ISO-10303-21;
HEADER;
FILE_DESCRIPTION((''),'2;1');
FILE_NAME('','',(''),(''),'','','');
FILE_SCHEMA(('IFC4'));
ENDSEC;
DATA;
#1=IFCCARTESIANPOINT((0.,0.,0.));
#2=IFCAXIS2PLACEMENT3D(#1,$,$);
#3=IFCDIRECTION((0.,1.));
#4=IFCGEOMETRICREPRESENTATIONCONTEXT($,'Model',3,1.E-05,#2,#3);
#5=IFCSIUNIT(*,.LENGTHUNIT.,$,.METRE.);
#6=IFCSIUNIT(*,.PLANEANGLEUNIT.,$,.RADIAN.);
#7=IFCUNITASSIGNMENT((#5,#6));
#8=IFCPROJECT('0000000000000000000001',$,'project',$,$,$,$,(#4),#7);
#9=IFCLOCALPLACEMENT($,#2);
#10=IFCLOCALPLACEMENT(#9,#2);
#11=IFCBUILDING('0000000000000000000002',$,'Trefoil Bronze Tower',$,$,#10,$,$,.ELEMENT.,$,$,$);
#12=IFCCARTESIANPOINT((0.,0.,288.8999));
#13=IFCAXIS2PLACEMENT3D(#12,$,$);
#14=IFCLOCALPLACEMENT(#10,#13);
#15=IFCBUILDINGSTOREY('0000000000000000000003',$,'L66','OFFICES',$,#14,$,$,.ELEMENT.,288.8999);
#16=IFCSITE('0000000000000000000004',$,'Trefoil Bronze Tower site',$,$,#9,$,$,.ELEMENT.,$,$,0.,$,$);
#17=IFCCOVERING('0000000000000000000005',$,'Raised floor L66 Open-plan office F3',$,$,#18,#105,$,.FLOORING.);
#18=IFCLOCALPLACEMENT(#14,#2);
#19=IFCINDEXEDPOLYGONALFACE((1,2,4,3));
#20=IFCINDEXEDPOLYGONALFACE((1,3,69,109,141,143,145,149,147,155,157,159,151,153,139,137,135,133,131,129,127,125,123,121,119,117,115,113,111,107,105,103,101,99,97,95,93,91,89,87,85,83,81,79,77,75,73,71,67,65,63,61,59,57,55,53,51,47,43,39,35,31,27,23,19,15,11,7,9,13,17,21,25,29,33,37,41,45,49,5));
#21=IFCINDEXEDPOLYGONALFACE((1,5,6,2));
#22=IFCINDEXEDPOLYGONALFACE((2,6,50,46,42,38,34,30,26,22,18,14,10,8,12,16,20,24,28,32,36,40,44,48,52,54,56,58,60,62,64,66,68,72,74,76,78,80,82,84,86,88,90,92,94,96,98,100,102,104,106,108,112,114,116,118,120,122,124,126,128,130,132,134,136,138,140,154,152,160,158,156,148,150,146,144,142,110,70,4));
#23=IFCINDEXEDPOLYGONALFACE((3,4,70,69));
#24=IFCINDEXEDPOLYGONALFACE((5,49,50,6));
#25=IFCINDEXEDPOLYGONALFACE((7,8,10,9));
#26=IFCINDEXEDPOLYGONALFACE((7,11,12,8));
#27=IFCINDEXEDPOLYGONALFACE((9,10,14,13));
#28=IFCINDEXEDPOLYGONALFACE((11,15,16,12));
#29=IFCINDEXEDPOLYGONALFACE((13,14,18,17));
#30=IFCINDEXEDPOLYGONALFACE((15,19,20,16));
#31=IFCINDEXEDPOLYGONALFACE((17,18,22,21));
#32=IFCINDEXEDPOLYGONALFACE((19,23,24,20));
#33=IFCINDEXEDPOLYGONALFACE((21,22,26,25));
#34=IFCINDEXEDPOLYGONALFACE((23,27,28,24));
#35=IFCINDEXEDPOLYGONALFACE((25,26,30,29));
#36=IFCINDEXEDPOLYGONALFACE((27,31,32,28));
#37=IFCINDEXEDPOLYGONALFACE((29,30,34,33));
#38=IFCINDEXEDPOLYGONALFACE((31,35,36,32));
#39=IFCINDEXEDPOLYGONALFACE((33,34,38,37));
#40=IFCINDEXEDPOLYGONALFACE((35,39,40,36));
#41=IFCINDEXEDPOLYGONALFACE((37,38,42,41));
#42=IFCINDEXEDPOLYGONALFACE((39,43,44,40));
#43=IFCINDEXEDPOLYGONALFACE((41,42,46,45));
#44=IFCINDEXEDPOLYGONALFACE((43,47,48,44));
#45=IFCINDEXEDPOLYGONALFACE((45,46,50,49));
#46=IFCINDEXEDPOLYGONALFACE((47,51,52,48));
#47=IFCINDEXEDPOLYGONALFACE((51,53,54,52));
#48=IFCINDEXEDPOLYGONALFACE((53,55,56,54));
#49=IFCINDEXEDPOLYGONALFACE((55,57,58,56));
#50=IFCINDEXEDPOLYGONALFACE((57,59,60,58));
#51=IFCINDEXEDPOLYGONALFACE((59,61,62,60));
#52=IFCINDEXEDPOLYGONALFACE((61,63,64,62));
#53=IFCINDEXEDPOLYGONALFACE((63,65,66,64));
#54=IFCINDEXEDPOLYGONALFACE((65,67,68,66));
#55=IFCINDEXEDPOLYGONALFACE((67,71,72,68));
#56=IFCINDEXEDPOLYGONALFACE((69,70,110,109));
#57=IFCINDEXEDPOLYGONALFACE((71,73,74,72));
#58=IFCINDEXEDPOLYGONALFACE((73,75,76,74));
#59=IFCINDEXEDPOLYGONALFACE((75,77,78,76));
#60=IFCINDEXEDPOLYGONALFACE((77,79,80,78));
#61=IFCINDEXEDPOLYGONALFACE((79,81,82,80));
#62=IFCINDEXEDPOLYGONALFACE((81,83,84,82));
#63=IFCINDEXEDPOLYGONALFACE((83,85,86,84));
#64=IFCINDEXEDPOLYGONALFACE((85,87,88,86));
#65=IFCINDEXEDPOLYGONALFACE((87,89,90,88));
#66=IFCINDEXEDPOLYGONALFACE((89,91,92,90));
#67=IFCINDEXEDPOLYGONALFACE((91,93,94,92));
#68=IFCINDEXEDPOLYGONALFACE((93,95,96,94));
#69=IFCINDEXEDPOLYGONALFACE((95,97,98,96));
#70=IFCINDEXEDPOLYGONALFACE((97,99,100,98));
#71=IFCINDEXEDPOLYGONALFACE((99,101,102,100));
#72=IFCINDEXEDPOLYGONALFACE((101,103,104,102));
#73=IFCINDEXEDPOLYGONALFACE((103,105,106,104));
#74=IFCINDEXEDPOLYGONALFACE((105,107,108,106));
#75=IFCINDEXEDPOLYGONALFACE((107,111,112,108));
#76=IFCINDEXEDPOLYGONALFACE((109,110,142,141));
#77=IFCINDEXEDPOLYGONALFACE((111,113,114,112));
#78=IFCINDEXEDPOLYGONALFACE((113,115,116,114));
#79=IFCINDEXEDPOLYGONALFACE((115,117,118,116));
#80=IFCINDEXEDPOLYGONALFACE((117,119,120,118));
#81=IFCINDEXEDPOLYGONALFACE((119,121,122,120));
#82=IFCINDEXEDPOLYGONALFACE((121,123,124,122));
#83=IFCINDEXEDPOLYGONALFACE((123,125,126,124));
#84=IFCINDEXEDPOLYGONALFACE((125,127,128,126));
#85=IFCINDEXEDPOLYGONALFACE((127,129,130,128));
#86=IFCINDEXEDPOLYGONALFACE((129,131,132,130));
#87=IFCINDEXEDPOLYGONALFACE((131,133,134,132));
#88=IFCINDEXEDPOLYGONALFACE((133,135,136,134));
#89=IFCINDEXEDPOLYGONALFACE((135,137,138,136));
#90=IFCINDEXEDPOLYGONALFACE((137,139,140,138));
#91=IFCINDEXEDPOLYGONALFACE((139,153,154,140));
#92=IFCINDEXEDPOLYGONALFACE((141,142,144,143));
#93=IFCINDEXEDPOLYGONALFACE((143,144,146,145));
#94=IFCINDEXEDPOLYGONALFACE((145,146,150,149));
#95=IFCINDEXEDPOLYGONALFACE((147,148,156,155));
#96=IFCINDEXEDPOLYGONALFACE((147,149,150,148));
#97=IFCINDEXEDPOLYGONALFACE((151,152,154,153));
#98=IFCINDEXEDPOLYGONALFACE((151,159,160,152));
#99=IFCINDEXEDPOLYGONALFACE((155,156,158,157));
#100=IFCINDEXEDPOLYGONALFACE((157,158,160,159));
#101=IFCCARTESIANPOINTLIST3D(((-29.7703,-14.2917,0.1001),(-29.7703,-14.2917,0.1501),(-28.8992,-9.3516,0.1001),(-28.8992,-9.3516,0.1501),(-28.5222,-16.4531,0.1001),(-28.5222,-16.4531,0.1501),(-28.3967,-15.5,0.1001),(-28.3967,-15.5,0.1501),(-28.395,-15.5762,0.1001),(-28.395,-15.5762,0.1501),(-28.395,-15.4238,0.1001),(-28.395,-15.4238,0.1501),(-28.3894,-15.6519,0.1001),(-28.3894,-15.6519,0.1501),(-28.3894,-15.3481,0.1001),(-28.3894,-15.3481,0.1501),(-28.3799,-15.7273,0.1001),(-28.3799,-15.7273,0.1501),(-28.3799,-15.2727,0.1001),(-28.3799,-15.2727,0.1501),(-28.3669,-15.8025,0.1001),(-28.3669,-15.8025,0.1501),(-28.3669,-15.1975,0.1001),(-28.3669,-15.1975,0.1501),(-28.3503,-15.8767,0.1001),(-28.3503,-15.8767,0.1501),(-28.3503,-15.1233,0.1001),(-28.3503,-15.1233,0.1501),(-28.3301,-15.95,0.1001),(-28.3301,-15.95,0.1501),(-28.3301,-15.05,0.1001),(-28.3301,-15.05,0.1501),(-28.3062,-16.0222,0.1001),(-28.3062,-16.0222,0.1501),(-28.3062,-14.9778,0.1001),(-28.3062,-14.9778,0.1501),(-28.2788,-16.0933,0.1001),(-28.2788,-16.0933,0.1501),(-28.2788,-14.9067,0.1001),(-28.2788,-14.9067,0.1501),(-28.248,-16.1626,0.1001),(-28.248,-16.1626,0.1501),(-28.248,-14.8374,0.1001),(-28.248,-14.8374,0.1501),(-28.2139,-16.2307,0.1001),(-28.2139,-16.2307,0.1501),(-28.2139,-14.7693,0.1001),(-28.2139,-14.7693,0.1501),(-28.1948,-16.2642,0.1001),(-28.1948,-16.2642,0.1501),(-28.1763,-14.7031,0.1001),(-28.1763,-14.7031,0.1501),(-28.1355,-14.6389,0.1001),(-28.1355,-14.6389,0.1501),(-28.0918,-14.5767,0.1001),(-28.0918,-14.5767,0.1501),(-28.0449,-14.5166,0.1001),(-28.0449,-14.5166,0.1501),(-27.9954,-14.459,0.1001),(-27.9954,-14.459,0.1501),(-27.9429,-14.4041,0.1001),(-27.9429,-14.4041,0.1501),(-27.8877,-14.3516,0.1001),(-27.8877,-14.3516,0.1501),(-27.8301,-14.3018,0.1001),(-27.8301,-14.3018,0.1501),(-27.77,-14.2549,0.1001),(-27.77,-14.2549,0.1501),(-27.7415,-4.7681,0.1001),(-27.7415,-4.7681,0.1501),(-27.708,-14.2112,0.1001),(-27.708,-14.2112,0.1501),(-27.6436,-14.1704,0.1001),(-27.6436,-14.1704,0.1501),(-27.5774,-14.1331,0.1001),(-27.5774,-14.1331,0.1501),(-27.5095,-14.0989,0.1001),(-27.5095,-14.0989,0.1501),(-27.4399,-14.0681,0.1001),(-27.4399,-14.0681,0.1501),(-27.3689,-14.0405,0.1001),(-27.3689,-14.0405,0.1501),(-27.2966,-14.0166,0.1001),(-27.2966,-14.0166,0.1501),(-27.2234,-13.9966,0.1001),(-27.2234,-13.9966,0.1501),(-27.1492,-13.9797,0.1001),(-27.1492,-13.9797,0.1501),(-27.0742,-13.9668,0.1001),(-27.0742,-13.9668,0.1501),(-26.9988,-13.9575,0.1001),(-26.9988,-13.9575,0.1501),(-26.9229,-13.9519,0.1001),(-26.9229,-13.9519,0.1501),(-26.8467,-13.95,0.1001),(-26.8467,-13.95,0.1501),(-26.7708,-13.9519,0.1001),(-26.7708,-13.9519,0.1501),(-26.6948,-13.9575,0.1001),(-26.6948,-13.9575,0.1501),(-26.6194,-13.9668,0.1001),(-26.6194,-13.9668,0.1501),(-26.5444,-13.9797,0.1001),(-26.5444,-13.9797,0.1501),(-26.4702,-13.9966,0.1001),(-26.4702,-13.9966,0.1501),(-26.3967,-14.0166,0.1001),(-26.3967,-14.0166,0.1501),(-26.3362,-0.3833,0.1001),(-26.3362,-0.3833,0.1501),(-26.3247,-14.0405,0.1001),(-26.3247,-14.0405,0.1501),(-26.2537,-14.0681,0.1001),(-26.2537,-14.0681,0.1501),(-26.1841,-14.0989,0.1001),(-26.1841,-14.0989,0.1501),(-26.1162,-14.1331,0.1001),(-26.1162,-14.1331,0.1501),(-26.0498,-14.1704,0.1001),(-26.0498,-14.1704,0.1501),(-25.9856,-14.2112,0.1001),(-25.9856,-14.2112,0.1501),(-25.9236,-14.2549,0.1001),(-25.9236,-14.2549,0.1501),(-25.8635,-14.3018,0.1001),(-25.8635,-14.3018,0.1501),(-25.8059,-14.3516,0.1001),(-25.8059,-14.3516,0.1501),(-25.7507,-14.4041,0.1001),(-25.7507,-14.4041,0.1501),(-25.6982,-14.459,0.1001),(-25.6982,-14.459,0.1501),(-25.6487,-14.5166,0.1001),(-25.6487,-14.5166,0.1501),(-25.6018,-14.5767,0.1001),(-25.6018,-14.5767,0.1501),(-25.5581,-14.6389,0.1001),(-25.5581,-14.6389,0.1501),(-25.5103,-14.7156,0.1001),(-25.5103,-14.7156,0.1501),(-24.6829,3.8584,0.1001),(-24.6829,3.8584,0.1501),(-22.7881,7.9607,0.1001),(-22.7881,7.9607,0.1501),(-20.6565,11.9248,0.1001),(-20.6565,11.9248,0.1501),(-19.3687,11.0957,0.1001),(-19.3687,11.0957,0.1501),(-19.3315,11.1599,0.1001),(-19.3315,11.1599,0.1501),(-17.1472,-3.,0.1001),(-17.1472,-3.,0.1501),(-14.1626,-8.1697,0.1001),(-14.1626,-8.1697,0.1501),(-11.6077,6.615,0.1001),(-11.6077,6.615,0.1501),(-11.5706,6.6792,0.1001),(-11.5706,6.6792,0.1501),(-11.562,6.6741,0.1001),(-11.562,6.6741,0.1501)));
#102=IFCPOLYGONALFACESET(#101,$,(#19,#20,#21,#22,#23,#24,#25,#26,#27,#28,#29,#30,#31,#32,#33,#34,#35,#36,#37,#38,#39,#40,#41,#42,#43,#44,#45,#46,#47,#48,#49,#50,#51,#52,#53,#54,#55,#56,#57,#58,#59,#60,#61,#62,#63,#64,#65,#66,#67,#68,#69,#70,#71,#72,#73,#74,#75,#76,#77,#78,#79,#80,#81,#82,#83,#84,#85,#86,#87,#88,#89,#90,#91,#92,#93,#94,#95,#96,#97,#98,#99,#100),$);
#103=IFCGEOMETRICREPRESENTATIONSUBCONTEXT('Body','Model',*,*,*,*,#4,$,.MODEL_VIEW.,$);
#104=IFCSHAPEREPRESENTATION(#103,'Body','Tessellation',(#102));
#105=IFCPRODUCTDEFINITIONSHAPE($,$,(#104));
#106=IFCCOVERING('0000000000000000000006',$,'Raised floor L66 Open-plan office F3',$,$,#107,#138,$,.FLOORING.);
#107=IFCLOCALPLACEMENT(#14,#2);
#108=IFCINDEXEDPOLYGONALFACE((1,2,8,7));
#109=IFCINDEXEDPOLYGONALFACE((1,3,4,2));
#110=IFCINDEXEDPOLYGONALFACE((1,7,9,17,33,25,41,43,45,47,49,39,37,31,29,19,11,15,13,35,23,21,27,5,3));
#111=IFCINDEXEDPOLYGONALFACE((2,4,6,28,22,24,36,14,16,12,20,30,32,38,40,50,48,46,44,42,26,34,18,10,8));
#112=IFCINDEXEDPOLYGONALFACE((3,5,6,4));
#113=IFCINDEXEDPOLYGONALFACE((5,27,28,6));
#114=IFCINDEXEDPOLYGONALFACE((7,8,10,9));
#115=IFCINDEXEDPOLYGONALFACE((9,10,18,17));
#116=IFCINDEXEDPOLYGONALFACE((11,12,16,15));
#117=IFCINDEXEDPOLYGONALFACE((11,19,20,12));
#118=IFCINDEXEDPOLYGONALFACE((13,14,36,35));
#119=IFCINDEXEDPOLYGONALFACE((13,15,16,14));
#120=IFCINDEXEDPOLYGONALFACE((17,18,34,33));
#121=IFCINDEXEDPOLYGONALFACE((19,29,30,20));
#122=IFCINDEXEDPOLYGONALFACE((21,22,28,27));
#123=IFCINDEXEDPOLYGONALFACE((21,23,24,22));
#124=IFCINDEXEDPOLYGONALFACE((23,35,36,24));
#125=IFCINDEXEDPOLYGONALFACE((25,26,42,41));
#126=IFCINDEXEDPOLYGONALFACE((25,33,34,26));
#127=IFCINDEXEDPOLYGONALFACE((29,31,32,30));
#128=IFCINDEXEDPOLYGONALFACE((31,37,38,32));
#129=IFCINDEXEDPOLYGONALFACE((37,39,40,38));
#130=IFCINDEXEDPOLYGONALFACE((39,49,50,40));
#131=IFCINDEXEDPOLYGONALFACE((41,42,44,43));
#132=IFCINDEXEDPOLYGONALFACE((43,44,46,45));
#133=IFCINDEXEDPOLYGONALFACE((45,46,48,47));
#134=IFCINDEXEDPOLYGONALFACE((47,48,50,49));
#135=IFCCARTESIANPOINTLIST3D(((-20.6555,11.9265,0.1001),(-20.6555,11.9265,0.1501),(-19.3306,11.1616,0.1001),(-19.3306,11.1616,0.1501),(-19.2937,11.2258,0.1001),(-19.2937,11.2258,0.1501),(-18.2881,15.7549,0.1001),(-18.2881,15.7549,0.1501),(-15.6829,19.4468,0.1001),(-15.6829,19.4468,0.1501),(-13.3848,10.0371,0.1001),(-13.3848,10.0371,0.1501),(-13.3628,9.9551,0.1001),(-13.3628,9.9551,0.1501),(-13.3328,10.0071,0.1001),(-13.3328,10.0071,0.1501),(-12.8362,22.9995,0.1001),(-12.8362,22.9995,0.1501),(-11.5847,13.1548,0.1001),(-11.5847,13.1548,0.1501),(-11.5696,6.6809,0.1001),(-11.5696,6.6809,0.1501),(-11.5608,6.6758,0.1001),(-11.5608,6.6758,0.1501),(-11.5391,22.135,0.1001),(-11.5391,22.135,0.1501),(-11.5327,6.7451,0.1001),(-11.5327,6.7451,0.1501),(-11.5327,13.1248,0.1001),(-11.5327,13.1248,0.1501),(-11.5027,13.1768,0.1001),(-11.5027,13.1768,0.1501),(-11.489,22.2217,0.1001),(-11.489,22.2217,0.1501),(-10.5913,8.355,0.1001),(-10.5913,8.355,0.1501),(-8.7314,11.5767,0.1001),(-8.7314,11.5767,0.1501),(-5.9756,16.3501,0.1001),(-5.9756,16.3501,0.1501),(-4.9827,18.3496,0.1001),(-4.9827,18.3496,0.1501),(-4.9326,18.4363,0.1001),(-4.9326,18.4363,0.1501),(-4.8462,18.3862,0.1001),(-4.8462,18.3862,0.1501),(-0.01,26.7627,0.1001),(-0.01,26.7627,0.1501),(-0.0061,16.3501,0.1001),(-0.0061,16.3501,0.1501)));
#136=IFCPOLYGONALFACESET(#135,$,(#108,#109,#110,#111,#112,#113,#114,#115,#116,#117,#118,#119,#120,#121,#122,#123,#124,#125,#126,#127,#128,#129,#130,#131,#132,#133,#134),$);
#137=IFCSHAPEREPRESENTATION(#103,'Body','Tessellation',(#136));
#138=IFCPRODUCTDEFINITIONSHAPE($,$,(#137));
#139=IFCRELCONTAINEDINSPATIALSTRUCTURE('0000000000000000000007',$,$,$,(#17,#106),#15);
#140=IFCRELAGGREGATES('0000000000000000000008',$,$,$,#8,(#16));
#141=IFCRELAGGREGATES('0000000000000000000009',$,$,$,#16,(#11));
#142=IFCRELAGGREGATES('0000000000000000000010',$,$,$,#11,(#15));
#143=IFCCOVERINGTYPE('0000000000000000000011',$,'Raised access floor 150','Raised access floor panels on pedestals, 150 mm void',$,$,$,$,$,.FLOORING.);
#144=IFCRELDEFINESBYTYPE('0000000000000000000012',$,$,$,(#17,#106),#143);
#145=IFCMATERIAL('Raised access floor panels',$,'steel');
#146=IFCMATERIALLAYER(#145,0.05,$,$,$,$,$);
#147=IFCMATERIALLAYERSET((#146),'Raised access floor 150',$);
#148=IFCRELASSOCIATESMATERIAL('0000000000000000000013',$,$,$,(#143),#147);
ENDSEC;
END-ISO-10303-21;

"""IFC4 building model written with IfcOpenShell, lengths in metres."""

from ifc_helpers import new_model, si_unit, direction, frame, origin, place, context, subcontext, project, spatial, polyline, outline, extrude, material, layer, layer_set, type_object, element, save


model = new_model("IFC4")

# Units and contexts
model_context = context("Model", 3, precision=1e-05, world=origin(), true_north=direction((0.0, 1.0)))
body_context = subcontext(model_context, "Body", "Model", "MODEL_VIEW")
ifc_project = project(units=[si_unit("LENGTHUNIT", "METRE"), si_unit("PLANEANGLEUNIT", "RADIAN")], contexts=[model_context])

# Site, building, storey
site_placement = place(None, origin())
site = spatial("IfcSite", under=ifc_project, at=site_placement, Name="Trefoil Bronze Tower site", CompositionType="ELEMENT", RefElevation=0.0)
building_placement = place(site_placement, origin())
building = spatial("IfcBuilding", under=site, at=building_placement, Name="Trefoil Bronze Tower", CompositionType="ELEMENT")
storey_placement = place(building_placement, frame((0.0, 0.0, 288.8999)))
storey = spatial("IfcBuildingStorey", under=building, at=storey_placement, Name="L66", Description="OFFICES", CompositionType="ELEMENT", Elevation=288.8999)

# Coverings
ifc_material_1 = material(Name="Raised access floor panels", Category="steel")
ifc_layer_1 = layer(ifc_material_1, 0.05)
ifc_layer_set_1 = layer_set([ifc_layer_1], Name="Raised access floor 150")
covering_type_1 = type_object("IfcCoveringType", Name="Raised access floor 150", Description="Raised access floor panels on pedestals, 150 mm void", PredefinedType="FLOORING", material=ifc_layer_set_1)
covering_1_placement = place(storey_placement, frame((0.0, 0.0, 0.1001)))
element("IfcCovering", 1, at=covering_1_placement, inside=storey, type_object=covering_type_1, Name="Raised floor L66 Open-plan office F3", PredefinedType="FLOORING", context=body_context, shape_type="SweptSolid", body=[
    extrude(outline(polyline([(-26.3362, -0.3833), (-24.6829, 3.8584), (-22.7881, 7.9607), (-20.6565, 11.9248), (-19.3315, 11.1599), (-19.3687, 11.0957), (-11.6077, 6.615), (-11.5706, 6.6792), (-11.562, 6.6741), (-17.1472, -3.0), (-14.1626, -8.1697), (-25.5103, -14.7156), (-25.5581, -14.6389), (-25.6018, -14.5767), (-25.6487, -14.5166), (-25.6982, -14.459), (-25.7507, -14.4041), (-25.8059, -14.3516), (-25.8635, -14.3018), (-25.9236, -14.2549), (-25.9856, -14.2112), (-26.0498, -14.1704), (-26.1162, -14.1331), (-26.1841, -14.0989), (-26.2537, -14.0681), (-26.3247, -14.0405), (-26.3967, -14.0166), (-26.4702, -13.9966), (-26.5444, -13.9797), (-26.6194, -13.9668), (-26.6948, -13.9575), (-26.7708, -13.9519), (-26.8467, -13.95), (-26.9229, -13.9519), (-26.9988, -13.9575), (-27.0742, -13.9668), (-27.1492, -13.9797), (-27.2234, -13.9966), (-27.2966, -14.0166), (-27.3689, -14.0405), (-27.4399, -14.0681), (-27.5095, -14.0989), (-27.5774, -14.1331), (-27.6436, -14.1704), (-27.708, -14.2112), (-27.77, -14.2549), (-27.8301, -14.3018), (-27.8877, -14.3516), (-27.9429, -14.4041), (-27.9954, -14.459), (-28.0449, -14.5166), (-28.0918, -14.5767), (-28.1355, -14.6389), (-28.1763, -14.7031), (-28.2139, -14.7693), (-28.248, -14.8374), (-28.2788, -14.9067), (-28.3062, -14.9778), (-28.3301, -15.05), (-28.3503, -15.1233), (-28.3669, -15.1975), (-28.3799, -15.2727), (-28.3894, -15.3481), (-28.395, -15.4238), (-28.3967, -15.5), (-28.395, -15.5762), (-28.3894, -15.6519), (-28.3799, -15.7273), (-28.3669, -15.8025), (-28.3503, -15.8767), (-28.3301, -15.95), (-28.3062, -16.0222), (-28.2788, -16.0933), (-28.248, -16.1626), (-28.2139, -16.2307), (-28.1948, -16.2642), (-28.5222, -16.4531), (-29.7703, -14.2917), (-28.8992, -9.3516), (-27.7415, -4.7681), (-26.3362, -0.3833)])), origin(), (0.0, 0.0, 1.0), 0.05),
])
covering_2_placement = place(storey_placement, frame((0.0, 0.0, 0.1001)))
element("IfcCovering", 2, at=covering_2_placement, inside=storey, type_object=covering_type_1, Name="Raised floor L66 Open-plan office F3", PredefinedType="FLOORING", context=body_context, shape_type="SweptSolid", body=[
    extrude(outline(polyline([(-20.6555, 11.9265), (-18.2881, 15.7549), (-15.6829, 19.4468), (-12.8362, 22.9995), (-11.489, 22.2217), (-11.5391, 22.135), (-4.9827, 18.3496), (-4.9326, 18.4363), (-4.8462, 18.3862), (-0.01, 26.7627), (-0.0061, 16.3501), (-5.9756, 16.3501), (-8.7314, 11.5767), (-11.5027, 13.1768), (-11.5327, 13.1248), (-11.5847, 13.1548), (-13.3848, 10.0371), (-13.3328, 10.0071), (-13.3628, 9.9551), (-10.5913, 8.355), (-11.5608, 6.6758), (-11.5696, 6.6809), (-11.5327, 6.7451), (-19.2937, 11.2258), (-19.3306, 11.1616), (-20.6555, 11.9265)])), origin(), (0.0, 0.0, 1.0), 0.05),
])

save(model, "model.ifc")
